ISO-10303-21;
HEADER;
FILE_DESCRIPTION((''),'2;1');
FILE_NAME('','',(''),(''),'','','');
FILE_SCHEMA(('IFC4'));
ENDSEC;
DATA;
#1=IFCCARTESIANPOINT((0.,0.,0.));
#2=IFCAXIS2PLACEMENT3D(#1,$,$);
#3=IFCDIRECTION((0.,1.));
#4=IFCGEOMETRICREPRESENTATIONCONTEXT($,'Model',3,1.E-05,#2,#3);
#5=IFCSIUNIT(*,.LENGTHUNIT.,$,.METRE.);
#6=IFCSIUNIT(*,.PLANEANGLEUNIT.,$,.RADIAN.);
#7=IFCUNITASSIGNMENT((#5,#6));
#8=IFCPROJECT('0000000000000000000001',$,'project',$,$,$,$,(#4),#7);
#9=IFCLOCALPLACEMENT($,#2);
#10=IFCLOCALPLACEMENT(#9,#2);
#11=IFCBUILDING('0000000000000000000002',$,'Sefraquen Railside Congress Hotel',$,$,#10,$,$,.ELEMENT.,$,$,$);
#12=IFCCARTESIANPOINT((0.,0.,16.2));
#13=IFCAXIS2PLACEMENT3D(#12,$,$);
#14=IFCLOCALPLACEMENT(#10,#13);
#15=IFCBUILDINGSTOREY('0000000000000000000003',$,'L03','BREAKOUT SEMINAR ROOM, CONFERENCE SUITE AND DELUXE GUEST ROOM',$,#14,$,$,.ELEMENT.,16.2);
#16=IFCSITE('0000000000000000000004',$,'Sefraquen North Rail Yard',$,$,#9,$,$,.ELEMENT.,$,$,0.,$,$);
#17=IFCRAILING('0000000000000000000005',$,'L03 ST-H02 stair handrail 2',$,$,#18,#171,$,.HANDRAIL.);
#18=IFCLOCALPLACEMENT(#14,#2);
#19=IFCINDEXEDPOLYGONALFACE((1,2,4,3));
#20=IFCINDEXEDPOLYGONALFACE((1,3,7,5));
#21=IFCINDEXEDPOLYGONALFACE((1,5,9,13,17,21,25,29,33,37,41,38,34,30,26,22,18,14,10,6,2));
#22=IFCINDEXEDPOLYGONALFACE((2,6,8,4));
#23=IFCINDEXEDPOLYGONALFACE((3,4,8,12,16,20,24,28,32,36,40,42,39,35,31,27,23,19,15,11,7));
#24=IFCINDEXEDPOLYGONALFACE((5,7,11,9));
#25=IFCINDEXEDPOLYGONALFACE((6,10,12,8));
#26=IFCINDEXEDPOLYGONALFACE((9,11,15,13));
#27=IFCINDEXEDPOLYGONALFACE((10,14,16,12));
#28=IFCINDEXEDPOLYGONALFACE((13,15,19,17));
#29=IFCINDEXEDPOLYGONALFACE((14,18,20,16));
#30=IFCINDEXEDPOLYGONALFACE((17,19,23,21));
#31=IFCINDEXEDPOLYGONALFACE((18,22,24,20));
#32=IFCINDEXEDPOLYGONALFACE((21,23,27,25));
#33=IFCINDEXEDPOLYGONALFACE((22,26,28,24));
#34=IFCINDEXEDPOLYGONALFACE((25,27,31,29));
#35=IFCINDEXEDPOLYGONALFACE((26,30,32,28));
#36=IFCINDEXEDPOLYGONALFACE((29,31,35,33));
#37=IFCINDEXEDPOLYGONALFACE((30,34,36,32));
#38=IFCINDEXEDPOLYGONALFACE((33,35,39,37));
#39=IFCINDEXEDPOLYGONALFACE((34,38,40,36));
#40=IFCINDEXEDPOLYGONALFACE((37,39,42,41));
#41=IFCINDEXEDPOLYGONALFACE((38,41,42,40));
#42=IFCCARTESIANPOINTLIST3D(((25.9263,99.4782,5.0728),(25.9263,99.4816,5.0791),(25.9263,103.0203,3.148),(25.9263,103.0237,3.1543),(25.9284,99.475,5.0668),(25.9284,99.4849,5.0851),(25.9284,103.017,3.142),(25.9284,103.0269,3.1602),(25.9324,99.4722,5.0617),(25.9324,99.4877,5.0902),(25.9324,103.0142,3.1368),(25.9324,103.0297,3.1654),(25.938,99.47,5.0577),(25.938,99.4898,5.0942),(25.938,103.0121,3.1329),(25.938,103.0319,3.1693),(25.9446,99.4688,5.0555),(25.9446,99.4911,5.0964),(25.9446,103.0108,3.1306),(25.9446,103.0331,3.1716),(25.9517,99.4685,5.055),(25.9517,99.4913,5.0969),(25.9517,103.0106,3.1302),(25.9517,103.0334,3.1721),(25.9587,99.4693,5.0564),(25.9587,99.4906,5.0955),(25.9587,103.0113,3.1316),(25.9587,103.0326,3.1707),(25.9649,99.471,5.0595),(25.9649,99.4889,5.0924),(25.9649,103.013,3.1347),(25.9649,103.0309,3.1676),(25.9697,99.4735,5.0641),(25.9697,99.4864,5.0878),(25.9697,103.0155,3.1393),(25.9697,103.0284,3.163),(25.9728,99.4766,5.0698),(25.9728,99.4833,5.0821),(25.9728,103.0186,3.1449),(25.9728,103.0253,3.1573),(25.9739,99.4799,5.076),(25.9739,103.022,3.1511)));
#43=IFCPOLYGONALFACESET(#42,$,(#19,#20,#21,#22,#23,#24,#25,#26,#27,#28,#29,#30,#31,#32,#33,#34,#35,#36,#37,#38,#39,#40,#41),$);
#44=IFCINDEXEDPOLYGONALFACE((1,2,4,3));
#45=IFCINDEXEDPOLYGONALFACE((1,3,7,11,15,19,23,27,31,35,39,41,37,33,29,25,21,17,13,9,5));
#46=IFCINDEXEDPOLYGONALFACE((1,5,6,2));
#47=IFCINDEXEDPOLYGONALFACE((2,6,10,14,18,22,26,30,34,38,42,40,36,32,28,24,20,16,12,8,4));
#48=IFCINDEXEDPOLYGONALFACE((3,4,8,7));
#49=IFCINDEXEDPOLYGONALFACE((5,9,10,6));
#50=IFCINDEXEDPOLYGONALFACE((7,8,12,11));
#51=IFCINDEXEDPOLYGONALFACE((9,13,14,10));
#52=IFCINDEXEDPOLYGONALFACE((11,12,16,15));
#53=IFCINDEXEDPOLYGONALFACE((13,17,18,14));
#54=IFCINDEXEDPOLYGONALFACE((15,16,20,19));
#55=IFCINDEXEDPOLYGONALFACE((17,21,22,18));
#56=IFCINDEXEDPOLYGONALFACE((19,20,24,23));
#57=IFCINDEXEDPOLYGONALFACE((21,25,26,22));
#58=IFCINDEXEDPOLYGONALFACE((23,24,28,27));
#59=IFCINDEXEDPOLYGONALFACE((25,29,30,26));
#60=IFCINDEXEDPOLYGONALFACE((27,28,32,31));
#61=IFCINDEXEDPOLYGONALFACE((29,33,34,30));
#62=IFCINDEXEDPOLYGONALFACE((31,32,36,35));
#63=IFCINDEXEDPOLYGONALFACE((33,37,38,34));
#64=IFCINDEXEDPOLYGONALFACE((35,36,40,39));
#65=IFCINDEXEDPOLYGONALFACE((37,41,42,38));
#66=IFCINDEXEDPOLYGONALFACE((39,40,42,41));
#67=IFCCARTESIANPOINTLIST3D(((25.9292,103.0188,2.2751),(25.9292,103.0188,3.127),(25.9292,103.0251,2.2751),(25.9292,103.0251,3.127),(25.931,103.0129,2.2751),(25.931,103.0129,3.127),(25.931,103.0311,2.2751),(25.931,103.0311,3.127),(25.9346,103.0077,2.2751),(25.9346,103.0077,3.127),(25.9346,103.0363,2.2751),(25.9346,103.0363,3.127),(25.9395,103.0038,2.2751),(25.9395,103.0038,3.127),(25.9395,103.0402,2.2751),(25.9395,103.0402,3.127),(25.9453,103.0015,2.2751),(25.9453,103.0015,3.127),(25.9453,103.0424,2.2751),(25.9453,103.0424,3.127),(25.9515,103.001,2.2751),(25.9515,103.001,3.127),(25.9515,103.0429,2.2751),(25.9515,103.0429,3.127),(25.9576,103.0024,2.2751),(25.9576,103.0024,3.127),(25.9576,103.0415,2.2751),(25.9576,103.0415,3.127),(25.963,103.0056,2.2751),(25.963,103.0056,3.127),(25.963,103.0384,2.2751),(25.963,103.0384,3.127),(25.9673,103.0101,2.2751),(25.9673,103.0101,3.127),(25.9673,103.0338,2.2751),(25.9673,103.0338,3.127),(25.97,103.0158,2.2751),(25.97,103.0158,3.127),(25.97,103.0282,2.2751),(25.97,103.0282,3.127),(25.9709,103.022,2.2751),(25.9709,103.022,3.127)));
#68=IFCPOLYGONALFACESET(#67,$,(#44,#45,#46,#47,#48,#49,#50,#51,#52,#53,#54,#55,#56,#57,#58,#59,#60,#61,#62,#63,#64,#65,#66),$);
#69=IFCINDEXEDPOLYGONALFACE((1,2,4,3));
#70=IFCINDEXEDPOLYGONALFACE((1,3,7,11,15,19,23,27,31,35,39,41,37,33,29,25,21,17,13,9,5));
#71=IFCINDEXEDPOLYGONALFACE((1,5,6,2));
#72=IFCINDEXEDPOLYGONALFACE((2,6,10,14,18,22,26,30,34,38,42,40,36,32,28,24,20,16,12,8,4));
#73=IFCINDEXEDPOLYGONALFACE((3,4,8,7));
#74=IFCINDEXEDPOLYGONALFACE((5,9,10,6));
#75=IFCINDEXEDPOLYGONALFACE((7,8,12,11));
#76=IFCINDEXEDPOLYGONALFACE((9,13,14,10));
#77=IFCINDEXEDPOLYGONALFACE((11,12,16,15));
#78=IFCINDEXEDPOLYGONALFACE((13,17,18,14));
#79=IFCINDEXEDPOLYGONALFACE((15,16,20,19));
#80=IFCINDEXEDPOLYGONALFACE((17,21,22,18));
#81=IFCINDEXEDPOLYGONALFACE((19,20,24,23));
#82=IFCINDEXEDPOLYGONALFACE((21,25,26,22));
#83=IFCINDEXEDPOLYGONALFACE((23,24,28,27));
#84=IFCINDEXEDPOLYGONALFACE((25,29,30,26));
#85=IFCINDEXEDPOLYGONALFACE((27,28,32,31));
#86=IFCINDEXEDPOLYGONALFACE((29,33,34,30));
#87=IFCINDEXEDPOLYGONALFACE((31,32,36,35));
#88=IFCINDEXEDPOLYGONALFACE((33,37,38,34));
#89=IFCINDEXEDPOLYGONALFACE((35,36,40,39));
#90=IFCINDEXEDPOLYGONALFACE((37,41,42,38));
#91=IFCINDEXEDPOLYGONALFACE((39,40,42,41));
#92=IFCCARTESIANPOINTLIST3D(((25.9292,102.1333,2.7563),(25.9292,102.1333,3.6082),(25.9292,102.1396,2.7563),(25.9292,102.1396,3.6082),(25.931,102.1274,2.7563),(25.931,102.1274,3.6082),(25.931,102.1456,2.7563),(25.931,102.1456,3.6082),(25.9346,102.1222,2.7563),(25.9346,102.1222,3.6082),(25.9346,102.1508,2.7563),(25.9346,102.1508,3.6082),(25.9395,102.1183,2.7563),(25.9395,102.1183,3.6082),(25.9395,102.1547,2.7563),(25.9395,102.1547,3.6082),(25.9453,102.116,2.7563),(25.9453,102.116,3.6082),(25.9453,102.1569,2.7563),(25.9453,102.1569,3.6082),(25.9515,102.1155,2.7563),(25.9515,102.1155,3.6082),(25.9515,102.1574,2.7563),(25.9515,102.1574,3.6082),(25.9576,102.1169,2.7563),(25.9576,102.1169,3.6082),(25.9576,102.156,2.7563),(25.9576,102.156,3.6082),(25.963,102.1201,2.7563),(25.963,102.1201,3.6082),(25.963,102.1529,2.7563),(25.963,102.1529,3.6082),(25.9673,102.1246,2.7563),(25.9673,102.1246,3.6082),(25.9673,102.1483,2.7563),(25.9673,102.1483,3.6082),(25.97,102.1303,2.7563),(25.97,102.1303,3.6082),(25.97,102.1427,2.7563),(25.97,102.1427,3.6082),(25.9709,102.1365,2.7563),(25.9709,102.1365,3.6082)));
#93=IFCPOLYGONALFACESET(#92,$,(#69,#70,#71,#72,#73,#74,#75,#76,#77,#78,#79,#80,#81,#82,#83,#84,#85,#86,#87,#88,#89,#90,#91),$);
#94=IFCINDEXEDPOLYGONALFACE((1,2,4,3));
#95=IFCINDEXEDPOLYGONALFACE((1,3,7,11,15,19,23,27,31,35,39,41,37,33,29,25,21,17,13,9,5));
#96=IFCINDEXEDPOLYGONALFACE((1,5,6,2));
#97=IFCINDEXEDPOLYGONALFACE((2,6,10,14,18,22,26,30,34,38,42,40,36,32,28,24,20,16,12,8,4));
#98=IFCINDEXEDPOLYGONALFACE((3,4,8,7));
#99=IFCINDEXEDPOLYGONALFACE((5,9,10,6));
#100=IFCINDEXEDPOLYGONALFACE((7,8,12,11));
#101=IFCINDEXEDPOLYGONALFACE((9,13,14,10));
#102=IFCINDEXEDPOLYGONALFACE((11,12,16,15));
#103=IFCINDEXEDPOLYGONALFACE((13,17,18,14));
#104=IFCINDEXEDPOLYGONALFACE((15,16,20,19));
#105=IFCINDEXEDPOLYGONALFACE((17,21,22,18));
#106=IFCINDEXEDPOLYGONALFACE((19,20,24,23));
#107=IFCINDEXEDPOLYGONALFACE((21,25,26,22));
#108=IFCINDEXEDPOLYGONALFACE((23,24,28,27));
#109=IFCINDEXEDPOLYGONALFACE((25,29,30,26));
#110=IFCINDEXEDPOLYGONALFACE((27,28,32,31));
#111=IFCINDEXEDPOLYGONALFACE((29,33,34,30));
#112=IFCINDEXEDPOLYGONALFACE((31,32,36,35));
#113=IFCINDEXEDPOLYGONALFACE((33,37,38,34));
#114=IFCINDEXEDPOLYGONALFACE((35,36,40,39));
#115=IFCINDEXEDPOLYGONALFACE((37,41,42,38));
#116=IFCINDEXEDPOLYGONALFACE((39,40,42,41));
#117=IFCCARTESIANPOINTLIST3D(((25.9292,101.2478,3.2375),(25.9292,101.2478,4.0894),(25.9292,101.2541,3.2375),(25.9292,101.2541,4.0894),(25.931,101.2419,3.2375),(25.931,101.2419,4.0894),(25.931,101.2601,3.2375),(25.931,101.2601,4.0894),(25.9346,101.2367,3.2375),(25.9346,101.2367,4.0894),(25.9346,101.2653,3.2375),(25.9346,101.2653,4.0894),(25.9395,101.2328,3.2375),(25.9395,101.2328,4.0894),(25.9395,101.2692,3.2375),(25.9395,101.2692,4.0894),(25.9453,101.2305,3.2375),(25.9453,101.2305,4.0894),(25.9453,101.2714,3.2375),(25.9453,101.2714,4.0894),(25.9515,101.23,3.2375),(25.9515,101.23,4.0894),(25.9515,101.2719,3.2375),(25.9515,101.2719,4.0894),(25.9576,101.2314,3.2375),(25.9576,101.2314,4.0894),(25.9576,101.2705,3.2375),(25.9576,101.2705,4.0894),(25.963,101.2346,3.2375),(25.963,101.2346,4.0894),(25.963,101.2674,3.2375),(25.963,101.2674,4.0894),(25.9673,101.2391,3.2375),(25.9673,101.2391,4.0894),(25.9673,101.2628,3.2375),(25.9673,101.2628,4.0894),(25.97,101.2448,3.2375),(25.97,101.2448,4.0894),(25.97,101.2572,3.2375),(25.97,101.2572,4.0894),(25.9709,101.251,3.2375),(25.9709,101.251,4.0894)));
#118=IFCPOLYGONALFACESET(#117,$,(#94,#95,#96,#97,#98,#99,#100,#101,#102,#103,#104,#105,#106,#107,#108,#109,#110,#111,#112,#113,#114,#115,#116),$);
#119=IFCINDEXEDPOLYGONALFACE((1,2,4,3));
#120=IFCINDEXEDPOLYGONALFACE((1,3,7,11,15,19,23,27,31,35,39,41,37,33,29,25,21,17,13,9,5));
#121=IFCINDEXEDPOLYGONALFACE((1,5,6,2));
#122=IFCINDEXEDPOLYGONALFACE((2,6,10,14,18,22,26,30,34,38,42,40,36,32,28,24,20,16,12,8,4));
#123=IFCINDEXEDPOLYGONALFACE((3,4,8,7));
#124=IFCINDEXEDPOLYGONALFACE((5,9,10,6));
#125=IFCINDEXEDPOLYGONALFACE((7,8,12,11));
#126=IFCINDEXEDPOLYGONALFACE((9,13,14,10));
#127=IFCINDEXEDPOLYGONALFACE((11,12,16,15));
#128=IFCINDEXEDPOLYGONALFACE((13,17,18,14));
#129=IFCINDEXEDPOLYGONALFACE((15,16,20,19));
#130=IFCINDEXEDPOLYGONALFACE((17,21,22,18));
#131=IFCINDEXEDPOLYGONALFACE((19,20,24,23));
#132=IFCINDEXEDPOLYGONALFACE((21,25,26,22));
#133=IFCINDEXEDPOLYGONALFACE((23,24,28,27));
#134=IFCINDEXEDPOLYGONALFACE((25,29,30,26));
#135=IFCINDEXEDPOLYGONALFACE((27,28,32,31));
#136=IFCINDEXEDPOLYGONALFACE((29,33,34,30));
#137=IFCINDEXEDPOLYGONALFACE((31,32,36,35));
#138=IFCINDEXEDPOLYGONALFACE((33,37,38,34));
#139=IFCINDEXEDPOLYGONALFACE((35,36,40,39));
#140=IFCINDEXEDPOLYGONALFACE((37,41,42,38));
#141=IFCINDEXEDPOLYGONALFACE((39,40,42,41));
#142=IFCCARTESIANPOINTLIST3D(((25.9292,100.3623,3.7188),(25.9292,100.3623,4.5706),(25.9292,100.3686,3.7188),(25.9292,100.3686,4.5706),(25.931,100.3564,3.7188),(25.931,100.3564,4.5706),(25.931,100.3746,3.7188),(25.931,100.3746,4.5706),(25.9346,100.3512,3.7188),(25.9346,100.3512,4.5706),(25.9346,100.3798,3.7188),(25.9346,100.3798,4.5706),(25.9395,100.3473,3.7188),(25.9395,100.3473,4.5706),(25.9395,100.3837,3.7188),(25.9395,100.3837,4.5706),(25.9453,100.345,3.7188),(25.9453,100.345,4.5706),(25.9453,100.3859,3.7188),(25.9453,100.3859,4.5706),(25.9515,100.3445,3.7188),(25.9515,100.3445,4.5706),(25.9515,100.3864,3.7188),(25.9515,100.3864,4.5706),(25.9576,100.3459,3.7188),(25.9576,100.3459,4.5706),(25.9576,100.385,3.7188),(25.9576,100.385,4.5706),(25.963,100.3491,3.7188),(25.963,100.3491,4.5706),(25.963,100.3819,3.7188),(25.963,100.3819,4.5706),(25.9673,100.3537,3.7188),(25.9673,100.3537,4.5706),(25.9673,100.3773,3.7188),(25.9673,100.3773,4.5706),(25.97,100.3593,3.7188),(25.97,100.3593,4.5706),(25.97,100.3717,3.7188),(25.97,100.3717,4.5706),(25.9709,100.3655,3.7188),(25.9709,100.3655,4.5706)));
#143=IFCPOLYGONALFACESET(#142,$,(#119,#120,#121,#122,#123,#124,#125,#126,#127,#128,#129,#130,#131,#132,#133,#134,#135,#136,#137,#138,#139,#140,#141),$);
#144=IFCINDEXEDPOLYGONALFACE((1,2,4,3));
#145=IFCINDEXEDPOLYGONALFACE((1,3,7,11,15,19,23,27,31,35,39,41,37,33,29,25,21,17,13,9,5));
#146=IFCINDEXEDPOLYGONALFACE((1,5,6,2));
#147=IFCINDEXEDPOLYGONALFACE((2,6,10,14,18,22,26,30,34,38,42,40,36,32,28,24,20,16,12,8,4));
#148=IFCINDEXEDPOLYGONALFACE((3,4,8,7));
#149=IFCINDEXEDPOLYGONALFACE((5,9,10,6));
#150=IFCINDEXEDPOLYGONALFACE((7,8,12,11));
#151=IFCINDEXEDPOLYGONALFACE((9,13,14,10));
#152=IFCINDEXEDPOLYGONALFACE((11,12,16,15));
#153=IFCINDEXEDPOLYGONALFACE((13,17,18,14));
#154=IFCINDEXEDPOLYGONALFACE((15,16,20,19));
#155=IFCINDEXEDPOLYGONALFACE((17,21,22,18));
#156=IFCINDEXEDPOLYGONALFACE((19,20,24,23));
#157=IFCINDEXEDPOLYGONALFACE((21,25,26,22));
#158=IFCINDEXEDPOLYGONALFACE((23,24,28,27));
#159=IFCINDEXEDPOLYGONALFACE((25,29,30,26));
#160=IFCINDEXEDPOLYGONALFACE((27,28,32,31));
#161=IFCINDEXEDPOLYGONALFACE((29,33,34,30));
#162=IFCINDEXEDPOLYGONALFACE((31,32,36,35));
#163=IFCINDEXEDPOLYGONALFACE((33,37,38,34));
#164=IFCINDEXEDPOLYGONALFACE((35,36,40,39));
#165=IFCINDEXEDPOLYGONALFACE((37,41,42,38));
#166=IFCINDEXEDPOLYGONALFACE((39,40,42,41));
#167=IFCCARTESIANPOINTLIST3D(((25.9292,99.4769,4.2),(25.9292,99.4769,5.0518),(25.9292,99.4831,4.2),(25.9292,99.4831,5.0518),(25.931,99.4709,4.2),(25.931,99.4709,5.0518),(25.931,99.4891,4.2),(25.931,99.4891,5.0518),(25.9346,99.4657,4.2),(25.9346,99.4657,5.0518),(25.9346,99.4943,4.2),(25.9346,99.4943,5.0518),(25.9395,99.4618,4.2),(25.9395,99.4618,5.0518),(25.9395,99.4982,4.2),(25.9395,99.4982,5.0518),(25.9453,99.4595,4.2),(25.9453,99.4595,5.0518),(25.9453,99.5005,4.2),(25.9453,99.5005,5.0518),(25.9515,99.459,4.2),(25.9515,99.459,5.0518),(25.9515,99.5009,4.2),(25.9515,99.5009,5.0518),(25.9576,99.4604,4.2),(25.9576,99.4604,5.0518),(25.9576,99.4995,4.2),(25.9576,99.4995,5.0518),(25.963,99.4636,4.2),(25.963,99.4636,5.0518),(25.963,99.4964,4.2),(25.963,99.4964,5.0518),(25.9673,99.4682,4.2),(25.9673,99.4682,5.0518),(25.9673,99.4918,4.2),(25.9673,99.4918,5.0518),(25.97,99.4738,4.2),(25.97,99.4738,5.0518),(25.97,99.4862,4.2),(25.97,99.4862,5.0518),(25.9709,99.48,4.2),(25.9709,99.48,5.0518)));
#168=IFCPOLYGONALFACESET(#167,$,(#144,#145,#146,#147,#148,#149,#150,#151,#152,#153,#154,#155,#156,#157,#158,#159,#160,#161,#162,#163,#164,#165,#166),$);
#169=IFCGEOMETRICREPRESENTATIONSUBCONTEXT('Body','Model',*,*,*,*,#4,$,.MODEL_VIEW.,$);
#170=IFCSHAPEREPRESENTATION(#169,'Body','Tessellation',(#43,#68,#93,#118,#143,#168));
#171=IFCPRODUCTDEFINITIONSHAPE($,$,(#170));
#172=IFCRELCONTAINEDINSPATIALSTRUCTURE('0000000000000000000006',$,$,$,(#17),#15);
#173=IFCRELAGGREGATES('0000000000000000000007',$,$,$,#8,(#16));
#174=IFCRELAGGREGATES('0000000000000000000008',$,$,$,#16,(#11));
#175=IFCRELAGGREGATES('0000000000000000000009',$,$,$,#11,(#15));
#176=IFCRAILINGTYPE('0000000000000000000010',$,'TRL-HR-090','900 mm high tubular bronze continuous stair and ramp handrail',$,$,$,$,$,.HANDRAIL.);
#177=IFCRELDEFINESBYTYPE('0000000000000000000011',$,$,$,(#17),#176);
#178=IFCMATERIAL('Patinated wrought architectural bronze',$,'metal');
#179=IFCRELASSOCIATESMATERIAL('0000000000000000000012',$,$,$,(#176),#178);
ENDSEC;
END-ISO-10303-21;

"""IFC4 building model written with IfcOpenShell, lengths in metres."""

from ifc_helpers import new_model, si_unit, direction, frame, origin, origin_2d, place, context, subcontext, project, spatial, circle, extrude, material, type_object, element, save


model = new_model("IFC4")

# Units and contexts
model_context = context("Model", 3, precision=1e-05, world=origin(), true_north=direction((0.0, 1.0)))
body_context = subcontext(model_context, "Body", "Model", "MODEL_VIEW")
ifc_project = project(units=[si_unit("LENGTHUNIT", "METRE"), si_unit("PLANEANGLEUNIT", "RADIAN")], contexts=[model_context])

# Site, building, storey
site_placement = place(None, origin())
site = spatial("IfcSite", under=ifc_project, at=site_placement, Name="Sefraquen North Rail Yard", CompositionType="ELEMENT", RefElevation=0.0)
building_placement = place(site_placement, origin())
building = spatial("IfcBuilding", under=site, at=building_placement, Name="Sefraquen Railside Congress Hotel", CompositionType="ELEMENT")
storey_placement = place(building_placement, frame((0.0, 0.0, 16.2)))
storey = spatial("IfcBuildingStorey", under=building, at=storey_placement, Name="L03", Description="BREAKOUT SEMINAR ROOM, CONFERENCE SUITE AND DELUXE GUEST ROOM", CompositionType="ELEMENT", Elevation=16.2)

# Railing
ifc_material_1 = material(Name="Patinated wrought architectural bronze", Category="metal")
railing_type_1 = type_object("IfcRailingType", Name="TRL-HR-090", Description="900 mm high tubular bronze continuous stair and ramp handrail", PredefinedType="HANDRAIL", material=ifc_material_1)
railing_1_placement = place(storey_placement, frame((25.95, 103.022, 2.2751)))
element("IfcRailing", 1, at=railing_1_placement, inside=storey, type_object=railing_type_1, Name="L03 ST-H02 stair handrail 2", PredefinedType="HANDRAIL", context=body_context, shape_type="SweptSolid", body=[
    extrude(circle(Radius=0.0239, at=origin_2d()), frame((0.0, 0.0, 0.876), z_axis=(0.0, -0.878644, 0.477477), x_axis=(1.0, 0.0, 0.0)), (0.0, 0.0, 1.0), 4.0312),
    extrude(circle(Radius=0.021, at=origin_2d()), origin(), (0.0, 0.0, 1.0), 0.8518),
    extrude(circle(Radius=0.021, at=origin_2d()), frame((0.0, -0.8855, 0.4812)), (0.0, 0.0, 1.0), 0.8518),
    extrude(circle(Radius=0.021, at=origin_2d()), frame((0.0, -1.771, 0.9624)), (0.0, 0.0, 1.0), 0.8518),
    extrude(circle(Radius=0.021, at=origin_2d()), frame((0.0, -2.6565, 1.4436)), (0.0, 0.0, 1.0), 0.8518),
    extrude(circle(Radius=0.021, at=origin_2d()), frame((0.0, -3.542, 1.9248)), (0.0, 0.0, 1.0), 0.8518),
])

save(model, "model.ifc")
